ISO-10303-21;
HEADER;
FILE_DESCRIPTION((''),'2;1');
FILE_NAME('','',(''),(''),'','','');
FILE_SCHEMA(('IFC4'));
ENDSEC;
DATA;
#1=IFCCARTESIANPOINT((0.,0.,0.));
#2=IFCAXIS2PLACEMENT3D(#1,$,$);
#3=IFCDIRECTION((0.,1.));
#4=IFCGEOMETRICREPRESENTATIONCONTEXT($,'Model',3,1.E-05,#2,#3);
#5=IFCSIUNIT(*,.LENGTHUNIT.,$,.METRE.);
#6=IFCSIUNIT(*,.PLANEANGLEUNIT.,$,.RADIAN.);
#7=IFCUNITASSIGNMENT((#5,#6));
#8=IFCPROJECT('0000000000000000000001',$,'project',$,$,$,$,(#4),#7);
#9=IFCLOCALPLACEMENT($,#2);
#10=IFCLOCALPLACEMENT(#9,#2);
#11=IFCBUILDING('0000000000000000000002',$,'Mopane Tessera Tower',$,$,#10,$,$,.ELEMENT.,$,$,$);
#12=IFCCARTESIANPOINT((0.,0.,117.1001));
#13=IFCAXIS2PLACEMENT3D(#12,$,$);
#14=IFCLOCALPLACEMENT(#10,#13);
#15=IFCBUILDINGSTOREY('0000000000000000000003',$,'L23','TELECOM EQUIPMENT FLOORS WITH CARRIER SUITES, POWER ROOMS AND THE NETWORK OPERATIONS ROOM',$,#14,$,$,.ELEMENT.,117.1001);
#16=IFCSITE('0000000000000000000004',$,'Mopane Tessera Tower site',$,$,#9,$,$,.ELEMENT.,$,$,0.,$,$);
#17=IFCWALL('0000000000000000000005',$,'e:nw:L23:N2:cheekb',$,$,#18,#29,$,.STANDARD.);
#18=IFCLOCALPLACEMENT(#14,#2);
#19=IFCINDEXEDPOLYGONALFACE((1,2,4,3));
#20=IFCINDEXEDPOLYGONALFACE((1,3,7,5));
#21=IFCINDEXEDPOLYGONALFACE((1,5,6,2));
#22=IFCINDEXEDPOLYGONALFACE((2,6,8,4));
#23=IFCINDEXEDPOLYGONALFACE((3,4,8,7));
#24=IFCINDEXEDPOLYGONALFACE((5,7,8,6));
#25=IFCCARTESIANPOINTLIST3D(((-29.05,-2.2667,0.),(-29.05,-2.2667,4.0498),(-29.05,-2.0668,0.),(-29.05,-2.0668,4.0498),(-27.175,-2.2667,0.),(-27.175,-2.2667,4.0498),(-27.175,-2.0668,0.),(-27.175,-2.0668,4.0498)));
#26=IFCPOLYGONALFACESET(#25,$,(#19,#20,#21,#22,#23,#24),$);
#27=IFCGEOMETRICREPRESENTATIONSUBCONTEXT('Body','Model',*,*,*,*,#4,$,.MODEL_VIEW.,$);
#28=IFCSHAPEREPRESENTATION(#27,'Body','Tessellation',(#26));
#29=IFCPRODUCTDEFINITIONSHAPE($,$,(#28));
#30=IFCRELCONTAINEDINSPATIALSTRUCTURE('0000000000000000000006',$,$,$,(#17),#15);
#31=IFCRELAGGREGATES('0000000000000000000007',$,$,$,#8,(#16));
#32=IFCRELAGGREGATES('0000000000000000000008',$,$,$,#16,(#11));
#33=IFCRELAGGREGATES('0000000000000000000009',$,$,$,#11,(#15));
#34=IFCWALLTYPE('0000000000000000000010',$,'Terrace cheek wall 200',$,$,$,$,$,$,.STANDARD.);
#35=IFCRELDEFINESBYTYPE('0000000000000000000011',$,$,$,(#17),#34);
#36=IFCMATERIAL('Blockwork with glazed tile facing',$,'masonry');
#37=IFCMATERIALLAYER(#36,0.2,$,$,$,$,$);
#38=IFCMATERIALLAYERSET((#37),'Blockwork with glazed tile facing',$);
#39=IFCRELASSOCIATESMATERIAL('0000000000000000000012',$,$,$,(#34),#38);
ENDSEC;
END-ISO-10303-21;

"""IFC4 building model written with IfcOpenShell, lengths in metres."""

from ifc_helpers import new_model, si_unit, direction, frame, frame_2d, origin, place, context, subcontext, project, spatial, rectangle, extrude, material, layer, layer_set, type_object, element, save


model = new_model("IFC4")

# Units and contexts
model_context = context("Model", 3, precision=1e-05, world=origin(), true_north=direction((0.0, 1.0)))
body_context = subcontext(model_context, "Body", "Model", "MODEL_VIEW")
ifc_project = project(units=[si_unit("LENGTHUNIT", "METRE"), si_unit("PLANEANGLEUNIT", "RADIAN")], contexts=[model_context])

# Site, building, storey
site_placement = place(None, origin())
site = spatial("IfcSite", under=ifc_project, at=site_placement, Name="Mopane Tessera Tower site", CompositionType="ELEMENT", RefElevation=0.0)
building_placement = place(site_placement, origin())
building = spatial("IfcBuilding", under=site, at=building_placement, Name="Mopane Tessera Tower", CompositionType="ELEMENT")
storey_placement = place(building_placement, frame((0.0, 0.0, 117.1001)))
storey = spatial("IfcBuildingStorey", under=building, at=storey_placement, Name="L23", Description="TELECOM EQUIPMENT FLOORS WITH CARRIER SUITES, POWER ROOMS AND THE NETWORK OPERATIONS ROOM", CompositionType="ELEMENT", Elevation=117.1001)

# Wall
ifc_material_1 = material(Name="Blockwork with glazed tile facing", Category="masonry")
ifc_layer_1 = layer(ifc_material_1, 0.2)
ifc_layer_set_1 = layer_set([ifc_layer_1], Name="Blockwork with glazed tile facing")
wall_type_1 = type_object("IfcWallType", Name="Terrace cheek wall 200", PredefinedType="STANDARD", material=ifc_layer_set_1)
wall_1_placement = place(storey_placement, frame((-29.05, -2.1667, 0.0), z_axis=(0.0, 0.0, 1.0), x_axis=(1.0, 0.0, 0.0)))
element("IfcWall", 1, at=wall_1_placement, inside=storey, type_object=wall_type_1, Name="e:nw:L23:N2:cheekb", PredefinedType="STANDARD", context=body_context, shape_type="SweptSolid", body=[
    extrude(rectangle(XDim=1.875, YDim=0.2, at=frame_2d((0.9375, 0.0))), origin(), (0.0, 0.0, 1.0), 4.0498),
])

save(model, "model.ifc")
